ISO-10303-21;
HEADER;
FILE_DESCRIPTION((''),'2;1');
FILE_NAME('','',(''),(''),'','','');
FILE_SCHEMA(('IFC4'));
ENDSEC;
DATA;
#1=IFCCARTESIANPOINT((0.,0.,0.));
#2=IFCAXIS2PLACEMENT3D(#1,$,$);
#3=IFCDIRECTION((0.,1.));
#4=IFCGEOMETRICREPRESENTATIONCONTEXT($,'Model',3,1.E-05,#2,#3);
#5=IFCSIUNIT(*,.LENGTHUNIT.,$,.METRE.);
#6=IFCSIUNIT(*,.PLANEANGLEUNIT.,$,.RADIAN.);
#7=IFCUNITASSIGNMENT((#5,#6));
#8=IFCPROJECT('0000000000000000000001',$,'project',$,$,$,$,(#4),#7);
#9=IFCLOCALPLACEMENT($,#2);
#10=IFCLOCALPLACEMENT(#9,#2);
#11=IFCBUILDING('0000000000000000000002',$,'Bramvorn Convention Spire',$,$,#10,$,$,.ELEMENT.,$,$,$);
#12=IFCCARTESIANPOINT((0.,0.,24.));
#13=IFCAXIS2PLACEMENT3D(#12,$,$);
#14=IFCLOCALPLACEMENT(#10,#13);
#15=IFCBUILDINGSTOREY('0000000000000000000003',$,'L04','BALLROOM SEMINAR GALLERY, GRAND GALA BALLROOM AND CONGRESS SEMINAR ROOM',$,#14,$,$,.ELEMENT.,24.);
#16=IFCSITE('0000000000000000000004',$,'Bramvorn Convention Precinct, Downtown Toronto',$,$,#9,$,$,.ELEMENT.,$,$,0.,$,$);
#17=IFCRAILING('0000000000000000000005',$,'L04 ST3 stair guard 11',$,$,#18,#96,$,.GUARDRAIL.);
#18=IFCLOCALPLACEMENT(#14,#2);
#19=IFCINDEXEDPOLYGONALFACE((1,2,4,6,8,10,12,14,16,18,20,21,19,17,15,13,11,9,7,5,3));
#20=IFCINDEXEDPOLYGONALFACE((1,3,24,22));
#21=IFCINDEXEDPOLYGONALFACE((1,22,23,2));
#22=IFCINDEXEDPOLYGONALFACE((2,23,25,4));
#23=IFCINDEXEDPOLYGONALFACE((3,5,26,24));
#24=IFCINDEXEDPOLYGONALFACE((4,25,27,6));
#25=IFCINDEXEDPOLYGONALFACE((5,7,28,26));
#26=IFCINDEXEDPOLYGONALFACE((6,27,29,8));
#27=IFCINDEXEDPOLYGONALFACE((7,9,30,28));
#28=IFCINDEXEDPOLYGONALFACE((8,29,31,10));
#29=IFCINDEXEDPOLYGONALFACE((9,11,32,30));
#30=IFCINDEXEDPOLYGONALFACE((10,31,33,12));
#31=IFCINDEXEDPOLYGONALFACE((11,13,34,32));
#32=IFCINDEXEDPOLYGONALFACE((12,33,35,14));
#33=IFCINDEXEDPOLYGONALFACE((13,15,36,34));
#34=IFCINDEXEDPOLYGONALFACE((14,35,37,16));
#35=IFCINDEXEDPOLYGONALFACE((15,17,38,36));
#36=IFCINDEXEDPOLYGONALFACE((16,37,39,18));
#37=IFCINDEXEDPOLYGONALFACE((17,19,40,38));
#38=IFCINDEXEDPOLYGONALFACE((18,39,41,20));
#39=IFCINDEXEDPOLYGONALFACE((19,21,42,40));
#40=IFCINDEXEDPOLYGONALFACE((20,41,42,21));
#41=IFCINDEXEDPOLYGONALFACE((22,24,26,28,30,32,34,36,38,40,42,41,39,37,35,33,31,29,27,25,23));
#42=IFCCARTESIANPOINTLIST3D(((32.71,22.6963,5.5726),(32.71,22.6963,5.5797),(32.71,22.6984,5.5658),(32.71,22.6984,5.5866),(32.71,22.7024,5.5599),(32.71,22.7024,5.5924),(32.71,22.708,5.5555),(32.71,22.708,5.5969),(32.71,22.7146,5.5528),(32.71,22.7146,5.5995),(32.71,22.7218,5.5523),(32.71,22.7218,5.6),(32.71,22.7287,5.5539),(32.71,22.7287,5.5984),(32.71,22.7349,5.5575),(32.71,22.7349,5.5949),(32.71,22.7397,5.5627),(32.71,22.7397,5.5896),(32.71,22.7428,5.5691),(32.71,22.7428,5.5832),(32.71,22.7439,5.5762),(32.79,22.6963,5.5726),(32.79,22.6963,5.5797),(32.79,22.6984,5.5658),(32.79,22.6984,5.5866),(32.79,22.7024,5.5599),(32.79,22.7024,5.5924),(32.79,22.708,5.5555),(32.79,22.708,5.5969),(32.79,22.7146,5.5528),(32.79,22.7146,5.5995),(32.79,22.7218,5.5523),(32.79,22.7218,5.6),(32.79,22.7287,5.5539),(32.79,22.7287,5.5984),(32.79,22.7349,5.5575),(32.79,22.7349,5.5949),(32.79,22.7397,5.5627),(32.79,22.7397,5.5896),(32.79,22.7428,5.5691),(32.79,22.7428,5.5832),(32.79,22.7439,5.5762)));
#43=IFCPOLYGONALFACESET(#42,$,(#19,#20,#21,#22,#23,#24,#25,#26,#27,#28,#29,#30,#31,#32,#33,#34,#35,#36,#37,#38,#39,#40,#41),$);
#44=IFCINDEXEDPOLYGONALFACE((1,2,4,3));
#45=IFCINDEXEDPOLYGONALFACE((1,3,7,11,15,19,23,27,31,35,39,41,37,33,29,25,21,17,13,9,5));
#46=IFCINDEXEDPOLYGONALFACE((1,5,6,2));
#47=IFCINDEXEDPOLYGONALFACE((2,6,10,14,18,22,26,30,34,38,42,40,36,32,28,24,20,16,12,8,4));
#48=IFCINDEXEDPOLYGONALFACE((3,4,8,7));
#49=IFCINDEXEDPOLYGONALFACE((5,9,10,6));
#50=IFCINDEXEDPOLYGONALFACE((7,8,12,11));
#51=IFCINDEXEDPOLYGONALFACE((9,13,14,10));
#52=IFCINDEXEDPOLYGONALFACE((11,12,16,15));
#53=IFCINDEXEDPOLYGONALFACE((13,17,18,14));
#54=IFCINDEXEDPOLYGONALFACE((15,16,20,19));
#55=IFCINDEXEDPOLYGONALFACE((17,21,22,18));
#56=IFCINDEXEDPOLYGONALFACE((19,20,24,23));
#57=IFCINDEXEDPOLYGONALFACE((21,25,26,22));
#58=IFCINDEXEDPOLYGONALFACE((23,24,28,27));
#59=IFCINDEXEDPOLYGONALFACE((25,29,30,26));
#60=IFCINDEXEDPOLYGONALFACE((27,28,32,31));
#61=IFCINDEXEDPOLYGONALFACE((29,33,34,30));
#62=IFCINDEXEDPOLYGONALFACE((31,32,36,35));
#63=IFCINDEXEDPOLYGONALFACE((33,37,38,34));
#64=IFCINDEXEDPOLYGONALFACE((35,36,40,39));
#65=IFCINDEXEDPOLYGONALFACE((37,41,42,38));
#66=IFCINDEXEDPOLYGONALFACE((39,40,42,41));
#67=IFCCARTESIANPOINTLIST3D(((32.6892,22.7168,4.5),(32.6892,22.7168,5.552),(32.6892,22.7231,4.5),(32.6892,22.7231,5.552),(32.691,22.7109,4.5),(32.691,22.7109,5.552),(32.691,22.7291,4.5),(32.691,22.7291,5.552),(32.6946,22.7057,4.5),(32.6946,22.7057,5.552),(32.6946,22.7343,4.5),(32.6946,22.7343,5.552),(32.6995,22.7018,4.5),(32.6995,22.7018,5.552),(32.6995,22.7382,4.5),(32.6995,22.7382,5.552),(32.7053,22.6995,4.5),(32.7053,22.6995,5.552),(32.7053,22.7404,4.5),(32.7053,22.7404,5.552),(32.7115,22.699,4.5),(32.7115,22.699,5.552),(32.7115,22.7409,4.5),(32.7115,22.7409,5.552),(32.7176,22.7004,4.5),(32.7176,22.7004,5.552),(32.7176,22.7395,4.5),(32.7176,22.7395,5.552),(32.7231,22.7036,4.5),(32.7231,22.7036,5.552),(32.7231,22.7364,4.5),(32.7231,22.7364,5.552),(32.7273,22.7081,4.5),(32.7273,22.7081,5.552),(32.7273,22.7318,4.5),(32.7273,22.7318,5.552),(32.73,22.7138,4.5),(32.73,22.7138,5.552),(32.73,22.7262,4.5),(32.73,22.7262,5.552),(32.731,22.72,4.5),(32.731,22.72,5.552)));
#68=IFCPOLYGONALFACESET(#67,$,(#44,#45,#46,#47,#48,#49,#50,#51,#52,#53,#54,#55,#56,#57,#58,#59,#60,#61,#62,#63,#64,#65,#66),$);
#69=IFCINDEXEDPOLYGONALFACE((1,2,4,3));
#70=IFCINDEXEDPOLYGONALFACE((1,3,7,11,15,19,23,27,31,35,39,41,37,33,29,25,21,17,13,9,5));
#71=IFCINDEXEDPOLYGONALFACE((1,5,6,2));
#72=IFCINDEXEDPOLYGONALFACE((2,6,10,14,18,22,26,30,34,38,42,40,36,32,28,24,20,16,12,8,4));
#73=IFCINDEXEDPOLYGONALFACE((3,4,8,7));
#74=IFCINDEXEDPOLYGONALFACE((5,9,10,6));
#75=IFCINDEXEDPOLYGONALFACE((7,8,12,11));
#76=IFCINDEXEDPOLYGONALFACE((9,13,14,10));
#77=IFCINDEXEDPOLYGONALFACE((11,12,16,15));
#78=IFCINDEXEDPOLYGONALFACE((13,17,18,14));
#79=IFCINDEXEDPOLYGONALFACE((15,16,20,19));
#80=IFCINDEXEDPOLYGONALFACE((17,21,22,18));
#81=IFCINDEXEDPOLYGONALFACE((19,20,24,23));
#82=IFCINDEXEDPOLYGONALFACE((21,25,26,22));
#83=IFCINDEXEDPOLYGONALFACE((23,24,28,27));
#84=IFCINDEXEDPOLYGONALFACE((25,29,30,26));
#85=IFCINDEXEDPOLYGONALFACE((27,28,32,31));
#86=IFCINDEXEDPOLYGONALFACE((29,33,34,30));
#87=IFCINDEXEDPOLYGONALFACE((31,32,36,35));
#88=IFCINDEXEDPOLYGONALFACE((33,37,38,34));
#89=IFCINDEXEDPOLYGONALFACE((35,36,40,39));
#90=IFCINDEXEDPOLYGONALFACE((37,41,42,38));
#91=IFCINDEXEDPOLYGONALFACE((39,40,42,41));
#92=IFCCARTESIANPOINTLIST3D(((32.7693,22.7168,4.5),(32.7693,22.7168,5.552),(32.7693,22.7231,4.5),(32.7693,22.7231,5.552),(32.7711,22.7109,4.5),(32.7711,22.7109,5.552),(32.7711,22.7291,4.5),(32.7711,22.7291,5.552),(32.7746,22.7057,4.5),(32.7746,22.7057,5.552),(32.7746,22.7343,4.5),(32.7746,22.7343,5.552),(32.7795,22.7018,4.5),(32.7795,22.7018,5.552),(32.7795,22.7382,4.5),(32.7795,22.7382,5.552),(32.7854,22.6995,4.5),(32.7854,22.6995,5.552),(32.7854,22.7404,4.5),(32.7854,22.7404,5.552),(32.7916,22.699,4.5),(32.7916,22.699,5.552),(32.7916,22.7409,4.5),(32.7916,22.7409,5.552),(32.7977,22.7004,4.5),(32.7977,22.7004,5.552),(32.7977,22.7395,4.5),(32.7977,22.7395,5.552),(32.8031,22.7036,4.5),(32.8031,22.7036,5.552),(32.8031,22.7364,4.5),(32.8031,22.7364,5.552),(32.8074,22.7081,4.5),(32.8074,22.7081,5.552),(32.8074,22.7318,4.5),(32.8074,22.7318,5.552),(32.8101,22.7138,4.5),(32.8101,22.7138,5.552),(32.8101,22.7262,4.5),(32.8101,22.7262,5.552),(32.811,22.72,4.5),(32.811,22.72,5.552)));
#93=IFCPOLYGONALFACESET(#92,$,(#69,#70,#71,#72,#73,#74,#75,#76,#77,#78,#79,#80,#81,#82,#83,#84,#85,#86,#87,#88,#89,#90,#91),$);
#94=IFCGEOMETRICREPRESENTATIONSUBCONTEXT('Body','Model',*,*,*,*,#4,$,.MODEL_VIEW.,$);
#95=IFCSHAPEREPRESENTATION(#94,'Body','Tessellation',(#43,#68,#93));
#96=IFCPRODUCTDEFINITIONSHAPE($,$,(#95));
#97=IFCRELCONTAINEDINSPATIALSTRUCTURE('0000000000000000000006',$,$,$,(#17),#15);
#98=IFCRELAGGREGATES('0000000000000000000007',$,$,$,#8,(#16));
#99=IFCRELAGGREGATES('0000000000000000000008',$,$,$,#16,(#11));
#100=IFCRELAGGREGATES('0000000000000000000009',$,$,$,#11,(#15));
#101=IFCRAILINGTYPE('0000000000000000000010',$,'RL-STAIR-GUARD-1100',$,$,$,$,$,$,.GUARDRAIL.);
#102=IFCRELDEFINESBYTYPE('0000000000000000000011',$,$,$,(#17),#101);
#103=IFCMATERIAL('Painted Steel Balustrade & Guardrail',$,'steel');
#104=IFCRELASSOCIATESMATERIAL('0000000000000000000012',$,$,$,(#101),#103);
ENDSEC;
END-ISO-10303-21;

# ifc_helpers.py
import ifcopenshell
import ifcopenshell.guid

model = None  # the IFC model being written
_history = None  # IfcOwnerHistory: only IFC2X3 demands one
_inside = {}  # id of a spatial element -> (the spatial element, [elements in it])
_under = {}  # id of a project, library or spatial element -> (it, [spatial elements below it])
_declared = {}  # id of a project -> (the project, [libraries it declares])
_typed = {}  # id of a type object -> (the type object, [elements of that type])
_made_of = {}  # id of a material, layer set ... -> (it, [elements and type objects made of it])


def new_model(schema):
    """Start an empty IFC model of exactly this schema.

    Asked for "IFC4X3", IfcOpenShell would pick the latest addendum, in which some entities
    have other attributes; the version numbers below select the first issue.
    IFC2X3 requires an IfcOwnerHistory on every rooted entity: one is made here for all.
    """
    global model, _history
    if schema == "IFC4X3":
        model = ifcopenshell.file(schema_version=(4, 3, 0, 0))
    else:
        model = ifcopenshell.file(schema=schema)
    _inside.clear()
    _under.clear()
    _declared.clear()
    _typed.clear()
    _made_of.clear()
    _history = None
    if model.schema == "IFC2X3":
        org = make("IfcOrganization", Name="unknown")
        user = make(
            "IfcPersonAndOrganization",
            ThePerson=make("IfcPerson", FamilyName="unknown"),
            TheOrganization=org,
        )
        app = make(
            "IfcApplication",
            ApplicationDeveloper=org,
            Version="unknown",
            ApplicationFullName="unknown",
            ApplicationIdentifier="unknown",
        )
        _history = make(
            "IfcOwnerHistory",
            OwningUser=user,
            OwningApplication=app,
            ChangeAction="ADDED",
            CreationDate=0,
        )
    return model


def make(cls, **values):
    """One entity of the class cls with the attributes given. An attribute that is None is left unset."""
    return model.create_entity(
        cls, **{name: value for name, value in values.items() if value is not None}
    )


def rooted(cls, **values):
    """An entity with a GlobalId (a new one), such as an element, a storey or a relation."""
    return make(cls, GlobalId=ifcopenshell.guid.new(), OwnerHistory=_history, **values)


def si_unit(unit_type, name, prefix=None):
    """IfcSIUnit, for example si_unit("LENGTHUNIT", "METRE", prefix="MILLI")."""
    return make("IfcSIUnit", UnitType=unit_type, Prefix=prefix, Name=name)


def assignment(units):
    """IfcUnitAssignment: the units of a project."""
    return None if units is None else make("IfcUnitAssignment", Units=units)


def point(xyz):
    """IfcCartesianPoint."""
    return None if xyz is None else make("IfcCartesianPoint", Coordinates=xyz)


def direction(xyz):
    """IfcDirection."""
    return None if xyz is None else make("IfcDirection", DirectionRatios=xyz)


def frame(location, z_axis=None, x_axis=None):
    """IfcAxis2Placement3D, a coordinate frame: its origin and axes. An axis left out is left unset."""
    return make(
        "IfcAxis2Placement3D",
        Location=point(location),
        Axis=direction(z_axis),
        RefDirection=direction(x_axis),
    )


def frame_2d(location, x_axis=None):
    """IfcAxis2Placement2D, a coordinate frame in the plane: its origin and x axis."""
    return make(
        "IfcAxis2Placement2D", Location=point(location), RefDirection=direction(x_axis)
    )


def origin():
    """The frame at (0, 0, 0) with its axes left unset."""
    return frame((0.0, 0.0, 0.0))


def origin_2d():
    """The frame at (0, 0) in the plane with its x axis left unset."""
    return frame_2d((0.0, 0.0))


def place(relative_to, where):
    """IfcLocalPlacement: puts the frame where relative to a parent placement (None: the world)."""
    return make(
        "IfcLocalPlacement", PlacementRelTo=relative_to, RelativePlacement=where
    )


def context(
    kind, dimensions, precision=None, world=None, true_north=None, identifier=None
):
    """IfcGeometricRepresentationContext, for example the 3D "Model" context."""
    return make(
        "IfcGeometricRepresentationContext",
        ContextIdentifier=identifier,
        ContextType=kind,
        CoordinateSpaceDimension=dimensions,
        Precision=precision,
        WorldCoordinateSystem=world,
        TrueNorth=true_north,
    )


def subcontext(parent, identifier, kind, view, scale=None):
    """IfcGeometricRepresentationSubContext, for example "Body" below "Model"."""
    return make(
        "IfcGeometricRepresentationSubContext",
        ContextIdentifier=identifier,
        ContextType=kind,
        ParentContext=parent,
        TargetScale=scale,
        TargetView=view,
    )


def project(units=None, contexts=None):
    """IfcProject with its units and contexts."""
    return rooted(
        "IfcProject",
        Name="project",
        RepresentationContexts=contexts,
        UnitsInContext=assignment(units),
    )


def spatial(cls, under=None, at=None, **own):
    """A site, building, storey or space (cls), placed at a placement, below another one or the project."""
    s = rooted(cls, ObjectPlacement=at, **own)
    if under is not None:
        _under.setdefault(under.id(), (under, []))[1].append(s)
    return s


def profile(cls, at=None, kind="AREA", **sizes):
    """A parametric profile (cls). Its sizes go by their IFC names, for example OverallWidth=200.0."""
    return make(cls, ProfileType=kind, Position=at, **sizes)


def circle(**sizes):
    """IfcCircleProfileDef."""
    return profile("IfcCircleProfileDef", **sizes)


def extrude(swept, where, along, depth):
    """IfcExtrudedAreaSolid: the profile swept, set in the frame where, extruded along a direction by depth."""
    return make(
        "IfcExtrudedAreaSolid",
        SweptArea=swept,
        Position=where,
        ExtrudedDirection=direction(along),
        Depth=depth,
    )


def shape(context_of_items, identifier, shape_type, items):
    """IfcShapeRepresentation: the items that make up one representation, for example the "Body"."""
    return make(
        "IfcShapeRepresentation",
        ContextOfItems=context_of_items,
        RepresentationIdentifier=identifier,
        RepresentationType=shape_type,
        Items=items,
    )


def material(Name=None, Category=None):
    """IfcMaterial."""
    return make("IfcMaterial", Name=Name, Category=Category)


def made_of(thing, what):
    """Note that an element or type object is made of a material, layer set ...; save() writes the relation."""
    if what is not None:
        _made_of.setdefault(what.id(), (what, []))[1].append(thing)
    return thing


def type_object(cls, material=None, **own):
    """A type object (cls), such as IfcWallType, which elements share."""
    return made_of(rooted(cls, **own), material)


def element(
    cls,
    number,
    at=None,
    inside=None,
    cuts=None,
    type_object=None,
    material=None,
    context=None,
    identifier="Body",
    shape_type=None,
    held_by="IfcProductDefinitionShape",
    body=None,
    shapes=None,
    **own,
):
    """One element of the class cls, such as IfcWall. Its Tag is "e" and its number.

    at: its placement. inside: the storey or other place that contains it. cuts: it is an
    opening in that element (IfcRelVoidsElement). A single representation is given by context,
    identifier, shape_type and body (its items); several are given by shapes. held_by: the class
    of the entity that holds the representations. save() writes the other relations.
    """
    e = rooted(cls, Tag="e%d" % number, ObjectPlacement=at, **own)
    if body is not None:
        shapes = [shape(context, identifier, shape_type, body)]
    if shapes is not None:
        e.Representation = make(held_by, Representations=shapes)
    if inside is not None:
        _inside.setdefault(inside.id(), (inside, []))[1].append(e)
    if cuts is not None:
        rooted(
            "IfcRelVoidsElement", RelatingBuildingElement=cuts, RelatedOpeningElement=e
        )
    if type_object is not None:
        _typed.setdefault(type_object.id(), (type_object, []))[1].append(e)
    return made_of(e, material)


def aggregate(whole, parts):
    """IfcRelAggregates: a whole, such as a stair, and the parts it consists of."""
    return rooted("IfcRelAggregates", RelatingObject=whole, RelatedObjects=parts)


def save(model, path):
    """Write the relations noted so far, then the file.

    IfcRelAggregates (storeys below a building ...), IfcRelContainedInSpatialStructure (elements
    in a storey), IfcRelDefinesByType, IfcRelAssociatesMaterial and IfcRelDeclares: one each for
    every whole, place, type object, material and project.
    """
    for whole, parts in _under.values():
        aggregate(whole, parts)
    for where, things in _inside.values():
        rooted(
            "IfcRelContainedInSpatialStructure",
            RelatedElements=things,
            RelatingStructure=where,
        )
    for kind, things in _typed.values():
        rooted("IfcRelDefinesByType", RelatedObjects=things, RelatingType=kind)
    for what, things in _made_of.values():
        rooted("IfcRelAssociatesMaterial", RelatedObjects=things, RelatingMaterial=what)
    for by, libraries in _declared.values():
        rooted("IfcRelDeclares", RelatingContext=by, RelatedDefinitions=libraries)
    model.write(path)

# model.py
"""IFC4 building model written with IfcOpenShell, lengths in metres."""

from ifc_helpers import new_model, si_unit, direction, frame, origin, origin_2d, place, context, subcontext, project, spatial, circle, extrude, material, type_object, element, save


model = new_model("IFC4")

# Units and contexts
model_context = context("Model", 3, precision=1e-05, world=origin(), true_north=direction((0.0, 1.0)))
body_context = subcontext(model_context, "Body", "Model", "MODEL_VIEW")
ifc_project = project(units=[si_unit("LENGTHUNIT", "METRE"), si_unit("PLANEANGLEUNIT", "RADIAN")], contexts=[model_context])

# Site, building, storey
site_placement = place(None, origin())
site = spatial("IfcSite", under=ifc_project, at=site_placement, Name="Bramvorn Convention Precinct, Downtown Toronto", CompositionType="ELEMENT", RefElevation=0.0)
building_placement = place(site_placement, origin())
building = spatial("IfcBuilding", under=site, at=building_placement, Name="Bramvorn Convention Spire", CompositionType="ELEMENT")
storey_placement = place(building_placement, frame((0.0, 0.0, 24.0)))
storey = spatial("IfcBuildingStorey", under=building, at=storey_placement, Name="L04", Description="BALLROOM SEMINAR GALLERY, GRAND GALA BALLROOM AND CONGRESS SEMINAR ROOM", CompositionType="ELEMENT", Elevation=24.0)

# Railing
ifc_material_1 = material(Name="Painted Steel Balustrade & Guardrail", Category="steel")
railing_type_1 = type_object("IfcRailingType", Name="RL-STAIR-GUARD-1100", PredefinedType="GUARDRAIL", material=ifc_material_1)
railing_1_placement = place(storey_placement, frame((32.71, 22.72, 4.5)))
element("IfcRailing", 1, at=railing_1_placement, inside=storey, type_object=railing_type_1, Name="L04 ST3 stair guard 11", PredefinedType="GUARDRAIL", context=body_context, shape_type="SweptSolid", body=[
    extrude(circle(Radius=0.0239, at=origin_2d()), frame((0.0, 0.0, 1.0762), z_axis=(1.0, 0.0, 0.0), x_axis=(0.0, 1.0, 0.0)), (0.0, 0.0, 1.0), 0.0801),
    extrude(circle(Radius=0.021, at=origin_2d()), origin(), (0.0, 0.0, 1.0), 1.052),
    extrude(circle(Radius=0.021, at=origin_2d()), frame((0.0801, 0.0, 0.0)), (0.0, 0.0, 1.0), 1.052),
])

save(model, "model.ifc")
